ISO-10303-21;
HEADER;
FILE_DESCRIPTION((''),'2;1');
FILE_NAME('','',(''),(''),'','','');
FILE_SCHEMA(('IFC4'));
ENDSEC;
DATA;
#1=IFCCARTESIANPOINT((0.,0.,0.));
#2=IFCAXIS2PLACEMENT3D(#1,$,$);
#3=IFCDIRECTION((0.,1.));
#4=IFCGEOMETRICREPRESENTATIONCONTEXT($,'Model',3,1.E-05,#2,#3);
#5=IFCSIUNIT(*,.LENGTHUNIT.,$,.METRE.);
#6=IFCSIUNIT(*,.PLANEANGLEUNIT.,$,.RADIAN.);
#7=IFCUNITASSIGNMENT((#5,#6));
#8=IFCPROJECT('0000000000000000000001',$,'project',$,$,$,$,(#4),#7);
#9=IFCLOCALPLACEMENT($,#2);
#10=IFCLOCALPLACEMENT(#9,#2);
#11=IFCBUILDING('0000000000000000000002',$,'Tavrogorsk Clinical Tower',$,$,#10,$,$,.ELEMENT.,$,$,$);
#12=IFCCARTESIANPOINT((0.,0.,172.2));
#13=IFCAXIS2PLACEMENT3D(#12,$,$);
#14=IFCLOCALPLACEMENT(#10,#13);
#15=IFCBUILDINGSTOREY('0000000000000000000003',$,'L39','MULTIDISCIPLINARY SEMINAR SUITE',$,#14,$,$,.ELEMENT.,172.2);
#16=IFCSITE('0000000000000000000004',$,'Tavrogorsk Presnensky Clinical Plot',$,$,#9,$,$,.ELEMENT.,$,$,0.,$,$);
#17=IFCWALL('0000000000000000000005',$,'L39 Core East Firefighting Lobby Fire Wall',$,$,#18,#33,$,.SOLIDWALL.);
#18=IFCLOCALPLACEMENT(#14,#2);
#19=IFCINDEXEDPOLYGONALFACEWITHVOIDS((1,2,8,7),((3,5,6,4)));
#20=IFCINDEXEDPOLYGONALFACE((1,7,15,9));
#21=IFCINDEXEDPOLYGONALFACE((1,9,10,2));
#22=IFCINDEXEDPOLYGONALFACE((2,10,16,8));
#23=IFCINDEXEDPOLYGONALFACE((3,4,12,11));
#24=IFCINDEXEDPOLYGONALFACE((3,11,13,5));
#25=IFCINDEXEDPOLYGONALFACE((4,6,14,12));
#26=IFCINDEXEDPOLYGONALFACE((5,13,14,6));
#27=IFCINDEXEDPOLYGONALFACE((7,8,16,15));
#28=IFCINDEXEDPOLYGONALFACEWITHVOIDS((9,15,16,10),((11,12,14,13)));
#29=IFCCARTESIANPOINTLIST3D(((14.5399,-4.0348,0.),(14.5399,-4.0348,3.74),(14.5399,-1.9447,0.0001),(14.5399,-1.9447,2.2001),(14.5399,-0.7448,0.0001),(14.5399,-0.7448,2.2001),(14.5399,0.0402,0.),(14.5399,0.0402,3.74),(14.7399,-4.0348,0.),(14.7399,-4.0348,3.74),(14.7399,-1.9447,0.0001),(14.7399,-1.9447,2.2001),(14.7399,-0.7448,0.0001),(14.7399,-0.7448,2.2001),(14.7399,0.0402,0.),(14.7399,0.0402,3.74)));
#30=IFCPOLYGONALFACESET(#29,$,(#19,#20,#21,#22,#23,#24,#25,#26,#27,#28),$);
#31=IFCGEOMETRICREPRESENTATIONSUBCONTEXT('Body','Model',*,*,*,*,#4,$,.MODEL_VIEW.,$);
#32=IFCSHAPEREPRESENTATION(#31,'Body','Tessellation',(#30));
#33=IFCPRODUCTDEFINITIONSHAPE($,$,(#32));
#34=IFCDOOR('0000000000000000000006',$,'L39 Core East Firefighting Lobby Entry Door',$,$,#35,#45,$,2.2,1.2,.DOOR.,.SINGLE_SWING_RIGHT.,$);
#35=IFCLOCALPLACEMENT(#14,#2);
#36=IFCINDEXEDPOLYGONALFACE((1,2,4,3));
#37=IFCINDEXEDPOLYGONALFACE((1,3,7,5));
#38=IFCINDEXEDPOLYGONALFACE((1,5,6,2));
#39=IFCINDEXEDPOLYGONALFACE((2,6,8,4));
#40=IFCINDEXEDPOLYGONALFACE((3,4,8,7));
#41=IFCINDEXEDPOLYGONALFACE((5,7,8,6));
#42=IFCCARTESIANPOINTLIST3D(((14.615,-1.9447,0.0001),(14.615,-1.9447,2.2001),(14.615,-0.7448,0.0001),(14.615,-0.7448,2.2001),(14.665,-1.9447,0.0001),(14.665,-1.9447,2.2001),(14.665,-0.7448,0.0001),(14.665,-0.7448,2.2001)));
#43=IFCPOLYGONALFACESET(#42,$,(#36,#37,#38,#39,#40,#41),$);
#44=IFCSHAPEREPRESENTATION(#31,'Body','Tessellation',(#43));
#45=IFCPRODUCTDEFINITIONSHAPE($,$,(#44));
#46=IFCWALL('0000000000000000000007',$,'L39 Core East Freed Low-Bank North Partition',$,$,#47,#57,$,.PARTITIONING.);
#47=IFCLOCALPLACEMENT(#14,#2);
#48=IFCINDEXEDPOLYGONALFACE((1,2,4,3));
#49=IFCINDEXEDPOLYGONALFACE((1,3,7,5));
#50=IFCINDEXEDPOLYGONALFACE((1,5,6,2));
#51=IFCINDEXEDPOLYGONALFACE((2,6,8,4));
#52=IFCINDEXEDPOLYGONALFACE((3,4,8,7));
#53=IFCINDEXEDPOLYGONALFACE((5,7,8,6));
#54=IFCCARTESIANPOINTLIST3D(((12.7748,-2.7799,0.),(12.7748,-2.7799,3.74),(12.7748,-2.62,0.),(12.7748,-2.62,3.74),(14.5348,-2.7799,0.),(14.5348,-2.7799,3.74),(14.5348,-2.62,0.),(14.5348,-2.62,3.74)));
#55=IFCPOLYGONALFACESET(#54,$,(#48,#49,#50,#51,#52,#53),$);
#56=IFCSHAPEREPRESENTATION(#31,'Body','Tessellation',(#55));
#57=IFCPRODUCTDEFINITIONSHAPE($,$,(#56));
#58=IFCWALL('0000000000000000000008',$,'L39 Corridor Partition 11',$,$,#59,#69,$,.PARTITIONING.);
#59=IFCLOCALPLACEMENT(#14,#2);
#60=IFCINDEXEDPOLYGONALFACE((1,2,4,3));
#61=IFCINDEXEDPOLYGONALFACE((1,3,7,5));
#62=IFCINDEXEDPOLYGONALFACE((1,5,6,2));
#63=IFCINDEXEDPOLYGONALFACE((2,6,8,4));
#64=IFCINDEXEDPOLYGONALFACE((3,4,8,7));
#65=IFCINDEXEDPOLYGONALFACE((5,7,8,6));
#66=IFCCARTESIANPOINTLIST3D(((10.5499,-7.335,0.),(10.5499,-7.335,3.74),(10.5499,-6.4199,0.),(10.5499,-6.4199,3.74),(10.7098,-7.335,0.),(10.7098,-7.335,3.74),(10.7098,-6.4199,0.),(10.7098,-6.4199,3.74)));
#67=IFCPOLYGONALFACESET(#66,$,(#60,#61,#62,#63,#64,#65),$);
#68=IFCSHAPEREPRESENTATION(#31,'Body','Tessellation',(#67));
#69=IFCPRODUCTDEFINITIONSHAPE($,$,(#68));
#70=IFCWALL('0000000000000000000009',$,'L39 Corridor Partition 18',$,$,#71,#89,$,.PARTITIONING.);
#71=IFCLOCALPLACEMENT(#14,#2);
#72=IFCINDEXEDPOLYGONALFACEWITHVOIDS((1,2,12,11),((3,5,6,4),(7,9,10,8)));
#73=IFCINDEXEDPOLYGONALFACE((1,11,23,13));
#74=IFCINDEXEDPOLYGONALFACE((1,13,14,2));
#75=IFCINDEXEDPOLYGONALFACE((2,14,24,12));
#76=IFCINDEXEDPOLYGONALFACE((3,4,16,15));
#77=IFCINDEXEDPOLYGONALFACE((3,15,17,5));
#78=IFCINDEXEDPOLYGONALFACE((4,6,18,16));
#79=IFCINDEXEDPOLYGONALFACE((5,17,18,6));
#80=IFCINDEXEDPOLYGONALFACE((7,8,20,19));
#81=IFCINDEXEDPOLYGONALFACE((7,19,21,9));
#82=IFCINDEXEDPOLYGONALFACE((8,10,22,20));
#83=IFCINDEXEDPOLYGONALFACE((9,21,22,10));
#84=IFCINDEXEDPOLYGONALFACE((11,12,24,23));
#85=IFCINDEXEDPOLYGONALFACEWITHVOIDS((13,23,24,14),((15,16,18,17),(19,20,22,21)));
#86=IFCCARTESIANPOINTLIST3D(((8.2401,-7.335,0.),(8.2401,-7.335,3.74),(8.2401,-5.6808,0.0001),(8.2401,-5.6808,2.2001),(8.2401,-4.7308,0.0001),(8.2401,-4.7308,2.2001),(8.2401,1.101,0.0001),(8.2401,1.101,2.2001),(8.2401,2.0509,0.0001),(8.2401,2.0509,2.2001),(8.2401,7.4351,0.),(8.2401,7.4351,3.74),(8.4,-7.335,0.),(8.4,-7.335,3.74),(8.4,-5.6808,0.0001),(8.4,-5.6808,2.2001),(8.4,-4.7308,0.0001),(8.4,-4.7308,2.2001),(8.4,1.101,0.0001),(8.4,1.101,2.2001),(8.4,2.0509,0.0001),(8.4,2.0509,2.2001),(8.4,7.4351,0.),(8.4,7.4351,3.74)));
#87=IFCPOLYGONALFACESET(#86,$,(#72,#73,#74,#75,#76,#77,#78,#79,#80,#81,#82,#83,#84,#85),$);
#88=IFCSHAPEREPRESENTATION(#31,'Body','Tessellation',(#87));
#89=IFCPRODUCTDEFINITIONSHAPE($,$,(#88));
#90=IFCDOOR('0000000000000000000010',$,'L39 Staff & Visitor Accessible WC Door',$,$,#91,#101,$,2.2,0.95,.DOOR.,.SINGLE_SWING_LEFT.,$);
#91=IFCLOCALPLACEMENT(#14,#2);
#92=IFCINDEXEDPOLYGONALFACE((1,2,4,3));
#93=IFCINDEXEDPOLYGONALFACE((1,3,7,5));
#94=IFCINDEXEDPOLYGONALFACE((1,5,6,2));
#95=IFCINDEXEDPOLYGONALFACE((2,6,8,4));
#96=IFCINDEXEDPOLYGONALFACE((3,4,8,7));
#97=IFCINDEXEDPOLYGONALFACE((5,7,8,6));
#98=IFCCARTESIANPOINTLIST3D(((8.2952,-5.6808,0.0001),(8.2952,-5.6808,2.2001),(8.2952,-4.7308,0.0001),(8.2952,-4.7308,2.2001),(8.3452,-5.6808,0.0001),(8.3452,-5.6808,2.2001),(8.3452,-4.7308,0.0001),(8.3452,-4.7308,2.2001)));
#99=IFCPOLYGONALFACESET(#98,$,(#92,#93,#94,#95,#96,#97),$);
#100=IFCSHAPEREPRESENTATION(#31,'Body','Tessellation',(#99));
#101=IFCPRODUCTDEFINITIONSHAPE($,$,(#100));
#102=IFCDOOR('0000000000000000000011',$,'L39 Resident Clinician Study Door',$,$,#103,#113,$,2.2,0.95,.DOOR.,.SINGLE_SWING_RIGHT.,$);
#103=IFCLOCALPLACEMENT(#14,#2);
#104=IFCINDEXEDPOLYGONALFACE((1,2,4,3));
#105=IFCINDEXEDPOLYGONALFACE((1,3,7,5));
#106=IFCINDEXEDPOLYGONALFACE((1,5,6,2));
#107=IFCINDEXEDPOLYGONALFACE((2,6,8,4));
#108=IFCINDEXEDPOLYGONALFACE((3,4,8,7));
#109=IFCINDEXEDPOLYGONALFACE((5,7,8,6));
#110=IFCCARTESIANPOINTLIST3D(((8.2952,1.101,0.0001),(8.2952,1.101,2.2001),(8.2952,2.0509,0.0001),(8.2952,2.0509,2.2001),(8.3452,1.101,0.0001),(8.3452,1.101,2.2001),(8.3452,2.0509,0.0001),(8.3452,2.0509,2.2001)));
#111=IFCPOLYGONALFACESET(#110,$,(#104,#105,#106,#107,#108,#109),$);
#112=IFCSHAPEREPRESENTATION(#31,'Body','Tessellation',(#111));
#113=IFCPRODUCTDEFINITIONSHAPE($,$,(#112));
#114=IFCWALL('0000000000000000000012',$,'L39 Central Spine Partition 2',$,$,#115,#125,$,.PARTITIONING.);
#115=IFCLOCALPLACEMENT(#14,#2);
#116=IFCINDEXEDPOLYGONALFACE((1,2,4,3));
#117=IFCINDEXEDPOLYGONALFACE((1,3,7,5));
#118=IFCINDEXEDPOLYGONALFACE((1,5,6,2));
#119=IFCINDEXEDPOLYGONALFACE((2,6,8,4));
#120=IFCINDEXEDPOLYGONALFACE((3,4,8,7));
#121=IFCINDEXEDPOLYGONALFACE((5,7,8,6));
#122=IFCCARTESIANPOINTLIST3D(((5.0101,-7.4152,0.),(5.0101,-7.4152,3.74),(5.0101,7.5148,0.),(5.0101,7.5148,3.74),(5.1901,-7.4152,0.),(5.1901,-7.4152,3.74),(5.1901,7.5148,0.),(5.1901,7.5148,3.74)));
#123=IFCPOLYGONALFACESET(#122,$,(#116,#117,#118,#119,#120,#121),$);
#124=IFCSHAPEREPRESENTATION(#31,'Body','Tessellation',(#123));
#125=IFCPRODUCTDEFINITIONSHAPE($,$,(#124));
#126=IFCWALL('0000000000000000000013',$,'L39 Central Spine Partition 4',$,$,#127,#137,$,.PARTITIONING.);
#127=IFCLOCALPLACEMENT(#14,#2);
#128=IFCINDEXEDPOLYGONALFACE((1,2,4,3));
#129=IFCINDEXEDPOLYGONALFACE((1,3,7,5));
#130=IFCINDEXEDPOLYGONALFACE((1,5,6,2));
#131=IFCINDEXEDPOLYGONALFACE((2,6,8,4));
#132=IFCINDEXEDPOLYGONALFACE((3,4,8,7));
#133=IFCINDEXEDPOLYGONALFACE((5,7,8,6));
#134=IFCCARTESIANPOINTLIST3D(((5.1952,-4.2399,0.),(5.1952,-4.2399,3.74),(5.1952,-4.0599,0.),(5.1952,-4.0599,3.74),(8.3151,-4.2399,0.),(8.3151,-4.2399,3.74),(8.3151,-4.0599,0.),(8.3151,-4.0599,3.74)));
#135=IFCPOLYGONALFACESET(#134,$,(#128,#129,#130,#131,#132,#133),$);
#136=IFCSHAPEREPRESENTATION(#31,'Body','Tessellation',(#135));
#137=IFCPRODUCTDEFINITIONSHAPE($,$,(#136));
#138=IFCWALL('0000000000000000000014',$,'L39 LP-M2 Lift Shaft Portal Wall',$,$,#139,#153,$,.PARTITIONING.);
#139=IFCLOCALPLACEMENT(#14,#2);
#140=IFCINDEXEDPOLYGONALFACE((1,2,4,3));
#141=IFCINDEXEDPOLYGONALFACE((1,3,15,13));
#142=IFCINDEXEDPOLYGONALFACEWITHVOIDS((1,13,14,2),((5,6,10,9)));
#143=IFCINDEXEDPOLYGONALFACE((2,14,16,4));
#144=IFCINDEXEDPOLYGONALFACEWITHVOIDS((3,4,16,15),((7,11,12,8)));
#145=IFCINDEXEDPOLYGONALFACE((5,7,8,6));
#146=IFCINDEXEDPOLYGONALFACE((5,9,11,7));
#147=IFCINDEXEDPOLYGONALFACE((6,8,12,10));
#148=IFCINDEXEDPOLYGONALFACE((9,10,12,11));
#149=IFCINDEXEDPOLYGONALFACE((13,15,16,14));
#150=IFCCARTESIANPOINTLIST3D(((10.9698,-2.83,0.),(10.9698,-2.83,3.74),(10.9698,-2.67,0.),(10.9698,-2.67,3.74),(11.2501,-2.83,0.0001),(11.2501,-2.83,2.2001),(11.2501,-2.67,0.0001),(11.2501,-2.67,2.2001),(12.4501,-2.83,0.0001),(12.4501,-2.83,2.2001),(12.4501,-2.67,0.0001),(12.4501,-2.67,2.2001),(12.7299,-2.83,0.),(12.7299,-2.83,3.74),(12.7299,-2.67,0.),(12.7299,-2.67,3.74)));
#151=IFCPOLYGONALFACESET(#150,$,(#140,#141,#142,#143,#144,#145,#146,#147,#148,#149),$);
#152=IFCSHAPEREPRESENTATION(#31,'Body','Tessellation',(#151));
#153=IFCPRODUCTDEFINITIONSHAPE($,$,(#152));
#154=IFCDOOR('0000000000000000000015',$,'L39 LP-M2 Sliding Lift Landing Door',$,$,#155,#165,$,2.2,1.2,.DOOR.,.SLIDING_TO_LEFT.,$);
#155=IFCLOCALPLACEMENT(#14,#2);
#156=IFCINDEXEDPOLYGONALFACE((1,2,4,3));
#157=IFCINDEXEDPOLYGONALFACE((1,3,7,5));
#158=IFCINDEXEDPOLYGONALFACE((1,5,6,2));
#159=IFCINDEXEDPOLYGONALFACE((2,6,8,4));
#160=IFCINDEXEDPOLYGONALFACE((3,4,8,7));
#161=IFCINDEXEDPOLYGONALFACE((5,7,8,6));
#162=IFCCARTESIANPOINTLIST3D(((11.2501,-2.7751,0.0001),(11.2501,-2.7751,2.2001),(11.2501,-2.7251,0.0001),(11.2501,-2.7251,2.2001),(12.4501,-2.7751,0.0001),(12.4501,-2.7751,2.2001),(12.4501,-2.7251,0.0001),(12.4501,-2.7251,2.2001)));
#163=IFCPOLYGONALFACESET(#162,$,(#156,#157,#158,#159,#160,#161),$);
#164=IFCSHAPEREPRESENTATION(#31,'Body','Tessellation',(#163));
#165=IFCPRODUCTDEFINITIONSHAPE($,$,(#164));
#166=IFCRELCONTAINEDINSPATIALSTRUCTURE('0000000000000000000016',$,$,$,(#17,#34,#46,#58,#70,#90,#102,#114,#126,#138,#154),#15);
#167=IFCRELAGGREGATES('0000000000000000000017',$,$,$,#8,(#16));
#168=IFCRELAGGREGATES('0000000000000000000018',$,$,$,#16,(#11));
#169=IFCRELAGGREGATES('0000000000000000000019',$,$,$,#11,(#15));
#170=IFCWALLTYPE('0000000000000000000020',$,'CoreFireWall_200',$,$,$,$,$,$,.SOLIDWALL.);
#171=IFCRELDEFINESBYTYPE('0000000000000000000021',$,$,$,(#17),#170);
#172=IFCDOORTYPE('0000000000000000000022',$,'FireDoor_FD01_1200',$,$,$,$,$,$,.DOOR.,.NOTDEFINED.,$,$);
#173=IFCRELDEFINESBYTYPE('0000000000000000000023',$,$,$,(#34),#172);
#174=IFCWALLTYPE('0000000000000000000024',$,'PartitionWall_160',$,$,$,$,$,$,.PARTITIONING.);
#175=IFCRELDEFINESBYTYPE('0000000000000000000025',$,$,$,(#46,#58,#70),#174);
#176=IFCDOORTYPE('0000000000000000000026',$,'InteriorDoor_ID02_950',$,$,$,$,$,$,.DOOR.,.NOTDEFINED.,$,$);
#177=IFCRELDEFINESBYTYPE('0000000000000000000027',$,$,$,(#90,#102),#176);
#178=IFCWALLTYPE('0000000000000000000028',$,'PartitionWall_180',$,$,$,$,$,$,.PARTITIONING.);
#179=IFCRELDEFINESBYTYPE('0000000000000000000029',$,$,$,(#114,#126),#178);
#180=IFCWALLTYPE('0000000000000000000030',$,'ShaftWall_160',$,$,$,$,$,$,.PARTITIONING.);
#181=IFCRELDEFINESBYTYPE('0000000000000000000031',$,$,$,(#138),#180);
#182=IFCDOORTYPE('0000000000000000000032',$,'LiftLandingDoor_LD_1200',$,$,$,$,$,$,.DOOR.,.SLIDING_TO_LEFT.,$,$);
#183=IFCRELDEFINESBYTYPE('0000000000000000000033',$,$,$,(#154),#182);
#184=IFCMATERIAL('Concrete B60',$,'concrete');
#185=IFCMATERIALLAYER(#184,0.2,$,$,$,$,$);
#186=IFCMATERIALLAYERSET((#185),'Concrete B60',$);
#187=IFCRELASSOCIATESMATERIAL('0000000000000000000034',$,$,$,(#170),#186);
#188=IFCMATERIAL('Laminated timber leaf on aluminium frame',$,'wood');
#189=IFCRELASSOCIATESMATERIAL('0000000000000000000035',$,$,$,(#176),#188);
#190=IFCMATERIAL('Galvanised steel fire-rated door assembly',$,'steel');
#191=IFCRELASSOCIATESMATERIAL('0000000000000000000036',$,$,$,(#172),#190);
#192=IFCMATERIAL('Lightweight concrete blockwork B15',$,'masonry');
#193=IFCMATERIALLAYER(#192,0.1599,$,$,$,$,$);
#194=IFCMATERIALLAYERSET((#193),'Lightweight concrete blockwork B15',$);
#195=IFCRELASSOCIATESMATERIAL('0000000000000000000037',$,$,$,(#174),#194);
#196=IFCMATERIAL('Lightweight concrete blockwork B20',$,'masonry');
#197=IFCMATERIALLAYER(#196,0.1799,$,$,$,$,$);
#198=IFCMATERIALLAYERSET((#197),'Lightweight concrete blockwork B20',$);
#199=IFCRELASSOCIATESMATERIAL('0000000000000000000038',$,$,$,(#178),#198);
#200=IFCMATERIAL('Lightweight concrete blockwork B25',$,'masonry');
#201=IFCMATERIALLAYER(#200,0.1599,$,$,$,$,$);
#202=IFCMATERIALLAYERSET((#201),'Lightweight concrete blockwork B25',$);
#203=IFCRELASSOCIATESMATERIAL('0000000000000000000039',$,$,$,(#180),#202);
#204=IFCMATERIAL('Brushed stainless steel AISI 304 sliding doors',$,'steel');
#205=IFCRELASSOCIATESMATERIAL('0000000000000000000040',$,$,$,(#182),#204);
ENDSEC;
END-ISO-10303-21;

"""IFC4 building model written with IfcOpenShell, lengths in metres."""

from ifc_helpers import new_model, si_unit, direction, frame, frame_2d, origin, place, context, subcontext, project, spatial, rectangle, extrude, material, layer, layer_set, type_object, element, fill, save


model = new_model("IFC4")

# Units and contexts
model_context = context("Model", 3, precision=1e-05, world=origin(), true_north=direction((0.0, 1.0)))
body_context = subcontext(model_context, "Body", "Model", "MODEL_VIEW")
ifc_project = project(units=[si_unit("LENGTHUNIT", "METRE"), si_unit("PLANEANGLEUNIT", "RADIAN")], contexts=[model_context])

# Site, building, storey
site_placement = place(None, origin())
site = spatial("IfcSite", under=ifc_project, at=site_placement, Name="Tavrogorsk Presnensky Clinical Plot", CompositionType="ELEMENT", RefElevation=0.0)
building_placement = place(site_placement, origin())
building = spatial("IfcBuilding", under=site, at=building_placement, Name="Tavrogorsk Clinical Tower", CompositionType="ELEMENT")
storey_placement = place(building_placement, frame((0.0, 0.0, 172.2)))
storey = spatial("IfcBuildingStorey", under=building, at=storey_placement, Name="L39", Description="MULTIDISCIPLINARY SEMINAR SUITE", CompositionType="ELEMENT", Elevation=172.2)

# Wall, opening, door
ifc_material_1 = material(Name="Concrete B60", Category="concrete")
ifc_layer_1 = layer(ifc_material_1, 0.2)
ifc_layer_set_1 = layer_set([ifc_layer_1], Name="Concrete B60")
wall_type_1 = type_object("IfcWallType", Name="CoreFireWall_200", PredefinedType="SOLIDWALL", material=ifc_layer_set_1)
ifc_material_2 = material(Name="Laminated timber leaf on aluminium frame", Category="wood")
door_type_1 = type_object("IfcDoorType", Name="InteriorDoor_ID02_950", OperationType="NOTDEFINED", PredefinedType="DOOR", material=ifc_material_2)
wall_1_placement = place(storey_placement, frame((14.6399, -4.0349, 0.0), z_axis=(0.0, 0.0, 1.0), x_axis=(0.0, 1.0, 0.0)))
wall_1 = element("IfcWall", 1, at=wall_1_placement, inside=storey, type_object=wall_type_1, Name="L39 Core East Firefighting Lobby Fire Wall", PredefinedType="SOLIDWALL", context=body_context, shape_type="SweptSolid", body=[
    extrude(rectangle(XDim=4.075, YDim=0.2, at=frame_2d((2.0376, 0.0))), origin(), (0.0, 0.0, 1.0), 3.74),
])
opening_1_placement = place(wall_1_placement, frame((2.0901, 0.0, 0.0)))
opening_1 = element("IfcOpeningElement", 2, at=opening_1_placement, cuts=wall_1, PredefinedType="OPENING", context=body_context, shape_type="SweptSolid", body=[
    extrude(rectangle(XDim=1.2, YDim=2.2, at=frame_2d((0.6001, 1.1001))), frame((0.0, 0.1099, 0.0), z_axis=(0.0, -1.0, 0.0), x_axis=(1.0, 0.0, 0.0)), (0.0, 0.0, 1.0), 0.22),
])
ifc_material_3 = material(Name="Galvanised steel fire-rated door assembly", Category="steel")
door_type_2 = type_object("IfcDoorType", Name="FireDoor_FD01_1200", OperationType="NOTDEFINED", PredefinedType="DOOR", material=ifc_material_3)
door_1_placement = place(opening_1_placement, origin())
door_1 = element("IfcDoor", 3, at=door_1_placement, inside=storey, type_object=door_type_2, Name="L39 Core East Firefighting Lobby Entry Door", OperationType="SINGLE_SWING_RIGHT", OverallHeight=2.2, OverallWidth=1.2, PredefinedType="DOOR", context=body_context, shape_type="SweptSolid", body=[
    extrude(rectangle(XDim=1.2, YDim=2.2, at=frame_2d((0.6001, 1.1001))), frame((0.0, 0.0249, 0.0), z_axis=(0.0, -1.0, 0.0), x_axis=(1.0, 0.0, 0.0)), (0.0, 0.0, 1.0), 0.05),
])
fill(opening_1, door_1)

# Walls
ifc_material_4 = material(Name="Lightweight concrete blockwork B15", Category="masonry")
ifc_layer_2 = layer(ifc_material_4, 0.1599)
ifc_layer_set_2 = layer_set([ifc_layer_2], Name="Lightweight concrete blockwork B15")
wall_type_2 = type_object("IfcWallType", Name="PartitionWall_160", PredefinedType="PARTITIONING", material=ifc_layer_set_2)
wall_2_placement = place(storey_placement, frame((12.7749, -2.7, 0.0), z_axis=(0.0, 0.0, 1.0), x_axis=(1.0, 0.0, 0.0)))
element("IfcWall", 4, at=wall_2_placement, inside=storey, type_object=wall_type_2, Name="L39 Core East Freed Low-Bank North Partition", PredefinedType="PARTITIONING", context=body_context, shape_type="SweptSolid", body=[
    extrude(rectangle(XDim=1.76, YDim=0.1599, at=frame_2d((0.8799, 0.0))), origin(), (0.0, 0.0, 1.0), 3.74),
])
wall_3_placement = place(storey_placement, frame((10.6299, -6.4199, 0.0), z_axis=(0.0, 0.0, 1.0), x_axis=(0.0, -1.0, 0.0)))
element("IfcWall", 5, at=wall_3_placement, inside=storey, type_object=wall_type_2, Name="L39 Corridor Partition 11", PredefinedType="PARTITIONING", context=body_context, shape_type="SweptSolid", body=[
    extrude(rectangle(XDim=0.915, YDim=0.1599, at=frame_2d((0.4575, 0.0))), origin(), (0.0, 0.0, 1.0), 3.74),
])

# Wall, openings, doors
wall_4_placement = place(storey_placement, frame((8.3201, -7.335, 0.0), z_axis=(0.0, 0.0, 1.0), x_axis=(0.0, 1.0, 0.0)))
wall_4 = element("IfcWall", 6, at=wall_4_placement, inside=storey, type_object=wall_type_2, Name="L39 Corridor Partition 18", PredefinedType="PARTITIONING", context=body_context, shape_type="SweptSolid", body=[
    extrude(rectangle(XDim=14.77, YDim=0.1599, at=frame_2d((7.385, 0.0))), origin(), (0.0, 0.0, 1.0), 3.74),
])
opening_2_placement = place(wall_4_placement, frame((1.6541, 0.0, 0.0)))
opening_2 = element("IfcOpeningElement", 7, at=opening_2_placement, cuts=wall_4, PredefinedType="OPENING", context=body_context, shape_type="SweptSolid", body=[
    extrude(rectangle(XDim=0.95, YDim=2.2, at=frame_2d((0.4751, 1.1001))), frame((0.0, 0.0898, 0.0), z_axis=(0.0, -1.0, 0.0), x_axis=(1.0, 0.0, 0.0)), (0.0, 0.0, 1.0), 0.1799),
])
opening_3_placement = place(wall_4_placement, frame((8.4358, 0.0, 0.0)))
opening_3 = element("IfcOpeningElement", 8, at=opening_3_placement, cuts=wall_4, PredefinedType="OPENING", context=body_context, shape_type="SweptSolid", body=[
    extrude(rectangle(XDim=0.95, YDim=2.2, at=frame_2d((0.4751, 1.1001))), frame((0.0, 0.0898, 0.0), z_axis=(0.0, -1.0, 0.0), x_axis=(1.0, 0.0, 0.0)), (0.0, 0.0, 1.0), 0.1799),
])
door_2_placement = place(opening_2_placement, origin())
door_2 = element("IfcDoor", 9, at=door_2_placement, inside=storey, type_object=door_type_1, Name="L39 Staff & Visitor Accessible WC Door", OperationType="SINGLE_SWING_LEFT", OverallHeight=2.2, OverallWidth=0.95, PredefinedType="DOOR", context=body_context, shape_type="SweptSolid", body=[
    extrude(rectangle(XDim=0.95, YDim=2.2, at=frame_2d((0.4751, 1.1001))), frame((0.0, 0.0249, 0.0), z_axis=(0.0, -1.0, 0.0), x_axis=(1.0, 0.0, 0.0)), (0.0, 0.0, 1.0), 0.05),
])
fill(opening_2, door_2)
door_3_placement = place(opening_3_placement, origin())
door_3 = element("IfcDoor", 10, at=door_3_placement, inside=storey, type_object=door_type_1, Name="L39 Resident Clinician Study Door", OperationType="SINGLE_SWING_RIGHT", OverallHeight=2.2, OverallWidth=0.95, PredefinedType="DOOR", context=body_context, shape_type="SweptSolid", body=[
    extrude(rectangle(XDim=0.95, YDim=2.2, at=frame_2d((0.4751, 1.1001))), frame((0.0, 0.0249, 0.0), z_axis=(0.0, -1.0, 0.0), x_axis=(1.0, 0.0, 0.0)), (0.0, 0.0, 1.0), 0.05),
])
fill(opening_3, door_3)

# Walls
ifc_material_5 = material(Name="Lightweight concrete blockwork B20", Category="masonry")
ifc_layer_3 = layer(ifc_material_5, 0.1799)
ifc_layer_set_3 = layer_set([ifc_layer_3], Name="Lightweight concrete blockwork B20")
wall_type_3 = type_object("IfcWallType", Name="PartitionWall_180", PredefinedType="PARTITIONING", material=ifc_layer_set_3)
wall_5_placement = place(storey_placement, frame((5.1001, -7.415, 0.0), z_axis=(0.0, 0.0, 1.0), x_axis=(0.0, 1.0, 0.0)))
element("IfcWall", 11, at=wall_5_placement, inside=storey, type_object=wall_type_3, Name="L39 Central Spine Partition 2", PredefinedType="PARTITIONING", context=body_context, shape_type="SweptSolid", body=[
    extrude(rectangle(XDim=14.9299, YDim=0.1799, at=frame_2d((7.4648, 0.0))), origin(), (0.0, 0.0, 1.0), 3.74),
])
wall_6_placement = place(storey_placement, frame((5.1951, -4.1499, 0.0), z_axis=(0.0, 0.0, 1.0), x_axis=(1.0, 0.0, 0.0)))
element("IfcWall", 12, at=wall_6_placement, inside=storey, type_object=wall_type_3, Name="L39 Central Spine Partition 4", PredefinedType="PARTITIONING", context=body_context, shape_type="SweptSolid", body=[
    extrude(rectangle(XDim=3.1199, YDim=0.1799, at=frame_2d((1.5601, 0.0))), origin(), (0.0, 0.0, 1.0), 3.74),
])

# Wall, opening, door
ifc_material_6 = material(Name="Lightweight concrete blockwork B25", Category="masonry")
ifc_layer_4 = layer(ifc_material_6, 0.1599)
ifc_layer_set_4 = layer_set([ifc_layer_4], Name="Lightweight concrete blockwork B25")
wall_type_4 = type_object("IfcWallType", Name="ShaftWall_160", PredefinedType="PARTITIONING", material=ifc_layer_set_4)
wall_7_placement = place(storey_placement, frame((10.97, -2.75, 0.0), z_axis=(0.0, 0.0, 1.0), x_axis=(1.0, 0.0, 0.0)))
wall_7 = element("IfcWall", 13, at=wall_7_placement, inside=storey, type_object=wall_type_4, Name="L39 LP-M2 Lift Shaft Portal Wall", PredefinedType="PARTITIONING", context=body_context, shape_type="SweptSolid", body=[
    extrude(rectangle(XDim=1.76, YDim=0.1599, at=frame_2d((0.8799, 0.0))), origin(), (0.0, 0.0, 1.0), 3.74),
])
opening_4_placement = place(wall_7_placement, frame((0.28, 0.0, 0.0)))
opening_4 = element("IfcOpeningElement", 14, at=opening_4_placement, cuts=wall_7, PredefinedType="OPENING", context=body_context, shape_type="SweptSolid", body=[
    extrude(rectangle(XDim=1.2, YDim=2.2, at=frame_2d((0.6001, 1.1001))), frame((0.0, 0.0898, 0.0), z_axis=(0.0, -1.0, 0.0), x_axis=(1.0, 0.0, 0.0)), (0.0, 0.0, 1.0), 0.1799),
])
ifc_material_7 = material(Name="Brushed stainless steel AISI 304 sliding doors", Category="steel")
door_type_3 = type_object("IfcDoorType", Name="LiftLandingDoor_LD_1200", OperationType="SLIDING_TO_LEFT", PredefinedType="DOOR", material=ifc_material_7)
door_4_placement = place(opening_4_placement, origin())
door_4 = element("IfcDoor", 15, at=door_4_placement, inside=storey, type_object=door_type_3, Name="L39 LP-M2 Sliding Lift Landing Door", OperationType="SLIDING_TO_LEFT", OverallHeight=2.2, OverallWidth=1.2, PredefinedType="DOOR", context=body_context, shape_type="SweptSolid", body=[
    extrude(rectangle(XDim=1.2, YDim=2.2, at=frame_2d((0.6001, 1.1001))), frame((0.0, 0.0249, 0.0), z_axis=(0.0, -1.0, 0.0), x_axis=(1.0, 0.0, 0.0)), (0.0, 0.0, 1.0), 0.05),
])
fill(opening_4, door_4)

save(model, "model.ifc")
